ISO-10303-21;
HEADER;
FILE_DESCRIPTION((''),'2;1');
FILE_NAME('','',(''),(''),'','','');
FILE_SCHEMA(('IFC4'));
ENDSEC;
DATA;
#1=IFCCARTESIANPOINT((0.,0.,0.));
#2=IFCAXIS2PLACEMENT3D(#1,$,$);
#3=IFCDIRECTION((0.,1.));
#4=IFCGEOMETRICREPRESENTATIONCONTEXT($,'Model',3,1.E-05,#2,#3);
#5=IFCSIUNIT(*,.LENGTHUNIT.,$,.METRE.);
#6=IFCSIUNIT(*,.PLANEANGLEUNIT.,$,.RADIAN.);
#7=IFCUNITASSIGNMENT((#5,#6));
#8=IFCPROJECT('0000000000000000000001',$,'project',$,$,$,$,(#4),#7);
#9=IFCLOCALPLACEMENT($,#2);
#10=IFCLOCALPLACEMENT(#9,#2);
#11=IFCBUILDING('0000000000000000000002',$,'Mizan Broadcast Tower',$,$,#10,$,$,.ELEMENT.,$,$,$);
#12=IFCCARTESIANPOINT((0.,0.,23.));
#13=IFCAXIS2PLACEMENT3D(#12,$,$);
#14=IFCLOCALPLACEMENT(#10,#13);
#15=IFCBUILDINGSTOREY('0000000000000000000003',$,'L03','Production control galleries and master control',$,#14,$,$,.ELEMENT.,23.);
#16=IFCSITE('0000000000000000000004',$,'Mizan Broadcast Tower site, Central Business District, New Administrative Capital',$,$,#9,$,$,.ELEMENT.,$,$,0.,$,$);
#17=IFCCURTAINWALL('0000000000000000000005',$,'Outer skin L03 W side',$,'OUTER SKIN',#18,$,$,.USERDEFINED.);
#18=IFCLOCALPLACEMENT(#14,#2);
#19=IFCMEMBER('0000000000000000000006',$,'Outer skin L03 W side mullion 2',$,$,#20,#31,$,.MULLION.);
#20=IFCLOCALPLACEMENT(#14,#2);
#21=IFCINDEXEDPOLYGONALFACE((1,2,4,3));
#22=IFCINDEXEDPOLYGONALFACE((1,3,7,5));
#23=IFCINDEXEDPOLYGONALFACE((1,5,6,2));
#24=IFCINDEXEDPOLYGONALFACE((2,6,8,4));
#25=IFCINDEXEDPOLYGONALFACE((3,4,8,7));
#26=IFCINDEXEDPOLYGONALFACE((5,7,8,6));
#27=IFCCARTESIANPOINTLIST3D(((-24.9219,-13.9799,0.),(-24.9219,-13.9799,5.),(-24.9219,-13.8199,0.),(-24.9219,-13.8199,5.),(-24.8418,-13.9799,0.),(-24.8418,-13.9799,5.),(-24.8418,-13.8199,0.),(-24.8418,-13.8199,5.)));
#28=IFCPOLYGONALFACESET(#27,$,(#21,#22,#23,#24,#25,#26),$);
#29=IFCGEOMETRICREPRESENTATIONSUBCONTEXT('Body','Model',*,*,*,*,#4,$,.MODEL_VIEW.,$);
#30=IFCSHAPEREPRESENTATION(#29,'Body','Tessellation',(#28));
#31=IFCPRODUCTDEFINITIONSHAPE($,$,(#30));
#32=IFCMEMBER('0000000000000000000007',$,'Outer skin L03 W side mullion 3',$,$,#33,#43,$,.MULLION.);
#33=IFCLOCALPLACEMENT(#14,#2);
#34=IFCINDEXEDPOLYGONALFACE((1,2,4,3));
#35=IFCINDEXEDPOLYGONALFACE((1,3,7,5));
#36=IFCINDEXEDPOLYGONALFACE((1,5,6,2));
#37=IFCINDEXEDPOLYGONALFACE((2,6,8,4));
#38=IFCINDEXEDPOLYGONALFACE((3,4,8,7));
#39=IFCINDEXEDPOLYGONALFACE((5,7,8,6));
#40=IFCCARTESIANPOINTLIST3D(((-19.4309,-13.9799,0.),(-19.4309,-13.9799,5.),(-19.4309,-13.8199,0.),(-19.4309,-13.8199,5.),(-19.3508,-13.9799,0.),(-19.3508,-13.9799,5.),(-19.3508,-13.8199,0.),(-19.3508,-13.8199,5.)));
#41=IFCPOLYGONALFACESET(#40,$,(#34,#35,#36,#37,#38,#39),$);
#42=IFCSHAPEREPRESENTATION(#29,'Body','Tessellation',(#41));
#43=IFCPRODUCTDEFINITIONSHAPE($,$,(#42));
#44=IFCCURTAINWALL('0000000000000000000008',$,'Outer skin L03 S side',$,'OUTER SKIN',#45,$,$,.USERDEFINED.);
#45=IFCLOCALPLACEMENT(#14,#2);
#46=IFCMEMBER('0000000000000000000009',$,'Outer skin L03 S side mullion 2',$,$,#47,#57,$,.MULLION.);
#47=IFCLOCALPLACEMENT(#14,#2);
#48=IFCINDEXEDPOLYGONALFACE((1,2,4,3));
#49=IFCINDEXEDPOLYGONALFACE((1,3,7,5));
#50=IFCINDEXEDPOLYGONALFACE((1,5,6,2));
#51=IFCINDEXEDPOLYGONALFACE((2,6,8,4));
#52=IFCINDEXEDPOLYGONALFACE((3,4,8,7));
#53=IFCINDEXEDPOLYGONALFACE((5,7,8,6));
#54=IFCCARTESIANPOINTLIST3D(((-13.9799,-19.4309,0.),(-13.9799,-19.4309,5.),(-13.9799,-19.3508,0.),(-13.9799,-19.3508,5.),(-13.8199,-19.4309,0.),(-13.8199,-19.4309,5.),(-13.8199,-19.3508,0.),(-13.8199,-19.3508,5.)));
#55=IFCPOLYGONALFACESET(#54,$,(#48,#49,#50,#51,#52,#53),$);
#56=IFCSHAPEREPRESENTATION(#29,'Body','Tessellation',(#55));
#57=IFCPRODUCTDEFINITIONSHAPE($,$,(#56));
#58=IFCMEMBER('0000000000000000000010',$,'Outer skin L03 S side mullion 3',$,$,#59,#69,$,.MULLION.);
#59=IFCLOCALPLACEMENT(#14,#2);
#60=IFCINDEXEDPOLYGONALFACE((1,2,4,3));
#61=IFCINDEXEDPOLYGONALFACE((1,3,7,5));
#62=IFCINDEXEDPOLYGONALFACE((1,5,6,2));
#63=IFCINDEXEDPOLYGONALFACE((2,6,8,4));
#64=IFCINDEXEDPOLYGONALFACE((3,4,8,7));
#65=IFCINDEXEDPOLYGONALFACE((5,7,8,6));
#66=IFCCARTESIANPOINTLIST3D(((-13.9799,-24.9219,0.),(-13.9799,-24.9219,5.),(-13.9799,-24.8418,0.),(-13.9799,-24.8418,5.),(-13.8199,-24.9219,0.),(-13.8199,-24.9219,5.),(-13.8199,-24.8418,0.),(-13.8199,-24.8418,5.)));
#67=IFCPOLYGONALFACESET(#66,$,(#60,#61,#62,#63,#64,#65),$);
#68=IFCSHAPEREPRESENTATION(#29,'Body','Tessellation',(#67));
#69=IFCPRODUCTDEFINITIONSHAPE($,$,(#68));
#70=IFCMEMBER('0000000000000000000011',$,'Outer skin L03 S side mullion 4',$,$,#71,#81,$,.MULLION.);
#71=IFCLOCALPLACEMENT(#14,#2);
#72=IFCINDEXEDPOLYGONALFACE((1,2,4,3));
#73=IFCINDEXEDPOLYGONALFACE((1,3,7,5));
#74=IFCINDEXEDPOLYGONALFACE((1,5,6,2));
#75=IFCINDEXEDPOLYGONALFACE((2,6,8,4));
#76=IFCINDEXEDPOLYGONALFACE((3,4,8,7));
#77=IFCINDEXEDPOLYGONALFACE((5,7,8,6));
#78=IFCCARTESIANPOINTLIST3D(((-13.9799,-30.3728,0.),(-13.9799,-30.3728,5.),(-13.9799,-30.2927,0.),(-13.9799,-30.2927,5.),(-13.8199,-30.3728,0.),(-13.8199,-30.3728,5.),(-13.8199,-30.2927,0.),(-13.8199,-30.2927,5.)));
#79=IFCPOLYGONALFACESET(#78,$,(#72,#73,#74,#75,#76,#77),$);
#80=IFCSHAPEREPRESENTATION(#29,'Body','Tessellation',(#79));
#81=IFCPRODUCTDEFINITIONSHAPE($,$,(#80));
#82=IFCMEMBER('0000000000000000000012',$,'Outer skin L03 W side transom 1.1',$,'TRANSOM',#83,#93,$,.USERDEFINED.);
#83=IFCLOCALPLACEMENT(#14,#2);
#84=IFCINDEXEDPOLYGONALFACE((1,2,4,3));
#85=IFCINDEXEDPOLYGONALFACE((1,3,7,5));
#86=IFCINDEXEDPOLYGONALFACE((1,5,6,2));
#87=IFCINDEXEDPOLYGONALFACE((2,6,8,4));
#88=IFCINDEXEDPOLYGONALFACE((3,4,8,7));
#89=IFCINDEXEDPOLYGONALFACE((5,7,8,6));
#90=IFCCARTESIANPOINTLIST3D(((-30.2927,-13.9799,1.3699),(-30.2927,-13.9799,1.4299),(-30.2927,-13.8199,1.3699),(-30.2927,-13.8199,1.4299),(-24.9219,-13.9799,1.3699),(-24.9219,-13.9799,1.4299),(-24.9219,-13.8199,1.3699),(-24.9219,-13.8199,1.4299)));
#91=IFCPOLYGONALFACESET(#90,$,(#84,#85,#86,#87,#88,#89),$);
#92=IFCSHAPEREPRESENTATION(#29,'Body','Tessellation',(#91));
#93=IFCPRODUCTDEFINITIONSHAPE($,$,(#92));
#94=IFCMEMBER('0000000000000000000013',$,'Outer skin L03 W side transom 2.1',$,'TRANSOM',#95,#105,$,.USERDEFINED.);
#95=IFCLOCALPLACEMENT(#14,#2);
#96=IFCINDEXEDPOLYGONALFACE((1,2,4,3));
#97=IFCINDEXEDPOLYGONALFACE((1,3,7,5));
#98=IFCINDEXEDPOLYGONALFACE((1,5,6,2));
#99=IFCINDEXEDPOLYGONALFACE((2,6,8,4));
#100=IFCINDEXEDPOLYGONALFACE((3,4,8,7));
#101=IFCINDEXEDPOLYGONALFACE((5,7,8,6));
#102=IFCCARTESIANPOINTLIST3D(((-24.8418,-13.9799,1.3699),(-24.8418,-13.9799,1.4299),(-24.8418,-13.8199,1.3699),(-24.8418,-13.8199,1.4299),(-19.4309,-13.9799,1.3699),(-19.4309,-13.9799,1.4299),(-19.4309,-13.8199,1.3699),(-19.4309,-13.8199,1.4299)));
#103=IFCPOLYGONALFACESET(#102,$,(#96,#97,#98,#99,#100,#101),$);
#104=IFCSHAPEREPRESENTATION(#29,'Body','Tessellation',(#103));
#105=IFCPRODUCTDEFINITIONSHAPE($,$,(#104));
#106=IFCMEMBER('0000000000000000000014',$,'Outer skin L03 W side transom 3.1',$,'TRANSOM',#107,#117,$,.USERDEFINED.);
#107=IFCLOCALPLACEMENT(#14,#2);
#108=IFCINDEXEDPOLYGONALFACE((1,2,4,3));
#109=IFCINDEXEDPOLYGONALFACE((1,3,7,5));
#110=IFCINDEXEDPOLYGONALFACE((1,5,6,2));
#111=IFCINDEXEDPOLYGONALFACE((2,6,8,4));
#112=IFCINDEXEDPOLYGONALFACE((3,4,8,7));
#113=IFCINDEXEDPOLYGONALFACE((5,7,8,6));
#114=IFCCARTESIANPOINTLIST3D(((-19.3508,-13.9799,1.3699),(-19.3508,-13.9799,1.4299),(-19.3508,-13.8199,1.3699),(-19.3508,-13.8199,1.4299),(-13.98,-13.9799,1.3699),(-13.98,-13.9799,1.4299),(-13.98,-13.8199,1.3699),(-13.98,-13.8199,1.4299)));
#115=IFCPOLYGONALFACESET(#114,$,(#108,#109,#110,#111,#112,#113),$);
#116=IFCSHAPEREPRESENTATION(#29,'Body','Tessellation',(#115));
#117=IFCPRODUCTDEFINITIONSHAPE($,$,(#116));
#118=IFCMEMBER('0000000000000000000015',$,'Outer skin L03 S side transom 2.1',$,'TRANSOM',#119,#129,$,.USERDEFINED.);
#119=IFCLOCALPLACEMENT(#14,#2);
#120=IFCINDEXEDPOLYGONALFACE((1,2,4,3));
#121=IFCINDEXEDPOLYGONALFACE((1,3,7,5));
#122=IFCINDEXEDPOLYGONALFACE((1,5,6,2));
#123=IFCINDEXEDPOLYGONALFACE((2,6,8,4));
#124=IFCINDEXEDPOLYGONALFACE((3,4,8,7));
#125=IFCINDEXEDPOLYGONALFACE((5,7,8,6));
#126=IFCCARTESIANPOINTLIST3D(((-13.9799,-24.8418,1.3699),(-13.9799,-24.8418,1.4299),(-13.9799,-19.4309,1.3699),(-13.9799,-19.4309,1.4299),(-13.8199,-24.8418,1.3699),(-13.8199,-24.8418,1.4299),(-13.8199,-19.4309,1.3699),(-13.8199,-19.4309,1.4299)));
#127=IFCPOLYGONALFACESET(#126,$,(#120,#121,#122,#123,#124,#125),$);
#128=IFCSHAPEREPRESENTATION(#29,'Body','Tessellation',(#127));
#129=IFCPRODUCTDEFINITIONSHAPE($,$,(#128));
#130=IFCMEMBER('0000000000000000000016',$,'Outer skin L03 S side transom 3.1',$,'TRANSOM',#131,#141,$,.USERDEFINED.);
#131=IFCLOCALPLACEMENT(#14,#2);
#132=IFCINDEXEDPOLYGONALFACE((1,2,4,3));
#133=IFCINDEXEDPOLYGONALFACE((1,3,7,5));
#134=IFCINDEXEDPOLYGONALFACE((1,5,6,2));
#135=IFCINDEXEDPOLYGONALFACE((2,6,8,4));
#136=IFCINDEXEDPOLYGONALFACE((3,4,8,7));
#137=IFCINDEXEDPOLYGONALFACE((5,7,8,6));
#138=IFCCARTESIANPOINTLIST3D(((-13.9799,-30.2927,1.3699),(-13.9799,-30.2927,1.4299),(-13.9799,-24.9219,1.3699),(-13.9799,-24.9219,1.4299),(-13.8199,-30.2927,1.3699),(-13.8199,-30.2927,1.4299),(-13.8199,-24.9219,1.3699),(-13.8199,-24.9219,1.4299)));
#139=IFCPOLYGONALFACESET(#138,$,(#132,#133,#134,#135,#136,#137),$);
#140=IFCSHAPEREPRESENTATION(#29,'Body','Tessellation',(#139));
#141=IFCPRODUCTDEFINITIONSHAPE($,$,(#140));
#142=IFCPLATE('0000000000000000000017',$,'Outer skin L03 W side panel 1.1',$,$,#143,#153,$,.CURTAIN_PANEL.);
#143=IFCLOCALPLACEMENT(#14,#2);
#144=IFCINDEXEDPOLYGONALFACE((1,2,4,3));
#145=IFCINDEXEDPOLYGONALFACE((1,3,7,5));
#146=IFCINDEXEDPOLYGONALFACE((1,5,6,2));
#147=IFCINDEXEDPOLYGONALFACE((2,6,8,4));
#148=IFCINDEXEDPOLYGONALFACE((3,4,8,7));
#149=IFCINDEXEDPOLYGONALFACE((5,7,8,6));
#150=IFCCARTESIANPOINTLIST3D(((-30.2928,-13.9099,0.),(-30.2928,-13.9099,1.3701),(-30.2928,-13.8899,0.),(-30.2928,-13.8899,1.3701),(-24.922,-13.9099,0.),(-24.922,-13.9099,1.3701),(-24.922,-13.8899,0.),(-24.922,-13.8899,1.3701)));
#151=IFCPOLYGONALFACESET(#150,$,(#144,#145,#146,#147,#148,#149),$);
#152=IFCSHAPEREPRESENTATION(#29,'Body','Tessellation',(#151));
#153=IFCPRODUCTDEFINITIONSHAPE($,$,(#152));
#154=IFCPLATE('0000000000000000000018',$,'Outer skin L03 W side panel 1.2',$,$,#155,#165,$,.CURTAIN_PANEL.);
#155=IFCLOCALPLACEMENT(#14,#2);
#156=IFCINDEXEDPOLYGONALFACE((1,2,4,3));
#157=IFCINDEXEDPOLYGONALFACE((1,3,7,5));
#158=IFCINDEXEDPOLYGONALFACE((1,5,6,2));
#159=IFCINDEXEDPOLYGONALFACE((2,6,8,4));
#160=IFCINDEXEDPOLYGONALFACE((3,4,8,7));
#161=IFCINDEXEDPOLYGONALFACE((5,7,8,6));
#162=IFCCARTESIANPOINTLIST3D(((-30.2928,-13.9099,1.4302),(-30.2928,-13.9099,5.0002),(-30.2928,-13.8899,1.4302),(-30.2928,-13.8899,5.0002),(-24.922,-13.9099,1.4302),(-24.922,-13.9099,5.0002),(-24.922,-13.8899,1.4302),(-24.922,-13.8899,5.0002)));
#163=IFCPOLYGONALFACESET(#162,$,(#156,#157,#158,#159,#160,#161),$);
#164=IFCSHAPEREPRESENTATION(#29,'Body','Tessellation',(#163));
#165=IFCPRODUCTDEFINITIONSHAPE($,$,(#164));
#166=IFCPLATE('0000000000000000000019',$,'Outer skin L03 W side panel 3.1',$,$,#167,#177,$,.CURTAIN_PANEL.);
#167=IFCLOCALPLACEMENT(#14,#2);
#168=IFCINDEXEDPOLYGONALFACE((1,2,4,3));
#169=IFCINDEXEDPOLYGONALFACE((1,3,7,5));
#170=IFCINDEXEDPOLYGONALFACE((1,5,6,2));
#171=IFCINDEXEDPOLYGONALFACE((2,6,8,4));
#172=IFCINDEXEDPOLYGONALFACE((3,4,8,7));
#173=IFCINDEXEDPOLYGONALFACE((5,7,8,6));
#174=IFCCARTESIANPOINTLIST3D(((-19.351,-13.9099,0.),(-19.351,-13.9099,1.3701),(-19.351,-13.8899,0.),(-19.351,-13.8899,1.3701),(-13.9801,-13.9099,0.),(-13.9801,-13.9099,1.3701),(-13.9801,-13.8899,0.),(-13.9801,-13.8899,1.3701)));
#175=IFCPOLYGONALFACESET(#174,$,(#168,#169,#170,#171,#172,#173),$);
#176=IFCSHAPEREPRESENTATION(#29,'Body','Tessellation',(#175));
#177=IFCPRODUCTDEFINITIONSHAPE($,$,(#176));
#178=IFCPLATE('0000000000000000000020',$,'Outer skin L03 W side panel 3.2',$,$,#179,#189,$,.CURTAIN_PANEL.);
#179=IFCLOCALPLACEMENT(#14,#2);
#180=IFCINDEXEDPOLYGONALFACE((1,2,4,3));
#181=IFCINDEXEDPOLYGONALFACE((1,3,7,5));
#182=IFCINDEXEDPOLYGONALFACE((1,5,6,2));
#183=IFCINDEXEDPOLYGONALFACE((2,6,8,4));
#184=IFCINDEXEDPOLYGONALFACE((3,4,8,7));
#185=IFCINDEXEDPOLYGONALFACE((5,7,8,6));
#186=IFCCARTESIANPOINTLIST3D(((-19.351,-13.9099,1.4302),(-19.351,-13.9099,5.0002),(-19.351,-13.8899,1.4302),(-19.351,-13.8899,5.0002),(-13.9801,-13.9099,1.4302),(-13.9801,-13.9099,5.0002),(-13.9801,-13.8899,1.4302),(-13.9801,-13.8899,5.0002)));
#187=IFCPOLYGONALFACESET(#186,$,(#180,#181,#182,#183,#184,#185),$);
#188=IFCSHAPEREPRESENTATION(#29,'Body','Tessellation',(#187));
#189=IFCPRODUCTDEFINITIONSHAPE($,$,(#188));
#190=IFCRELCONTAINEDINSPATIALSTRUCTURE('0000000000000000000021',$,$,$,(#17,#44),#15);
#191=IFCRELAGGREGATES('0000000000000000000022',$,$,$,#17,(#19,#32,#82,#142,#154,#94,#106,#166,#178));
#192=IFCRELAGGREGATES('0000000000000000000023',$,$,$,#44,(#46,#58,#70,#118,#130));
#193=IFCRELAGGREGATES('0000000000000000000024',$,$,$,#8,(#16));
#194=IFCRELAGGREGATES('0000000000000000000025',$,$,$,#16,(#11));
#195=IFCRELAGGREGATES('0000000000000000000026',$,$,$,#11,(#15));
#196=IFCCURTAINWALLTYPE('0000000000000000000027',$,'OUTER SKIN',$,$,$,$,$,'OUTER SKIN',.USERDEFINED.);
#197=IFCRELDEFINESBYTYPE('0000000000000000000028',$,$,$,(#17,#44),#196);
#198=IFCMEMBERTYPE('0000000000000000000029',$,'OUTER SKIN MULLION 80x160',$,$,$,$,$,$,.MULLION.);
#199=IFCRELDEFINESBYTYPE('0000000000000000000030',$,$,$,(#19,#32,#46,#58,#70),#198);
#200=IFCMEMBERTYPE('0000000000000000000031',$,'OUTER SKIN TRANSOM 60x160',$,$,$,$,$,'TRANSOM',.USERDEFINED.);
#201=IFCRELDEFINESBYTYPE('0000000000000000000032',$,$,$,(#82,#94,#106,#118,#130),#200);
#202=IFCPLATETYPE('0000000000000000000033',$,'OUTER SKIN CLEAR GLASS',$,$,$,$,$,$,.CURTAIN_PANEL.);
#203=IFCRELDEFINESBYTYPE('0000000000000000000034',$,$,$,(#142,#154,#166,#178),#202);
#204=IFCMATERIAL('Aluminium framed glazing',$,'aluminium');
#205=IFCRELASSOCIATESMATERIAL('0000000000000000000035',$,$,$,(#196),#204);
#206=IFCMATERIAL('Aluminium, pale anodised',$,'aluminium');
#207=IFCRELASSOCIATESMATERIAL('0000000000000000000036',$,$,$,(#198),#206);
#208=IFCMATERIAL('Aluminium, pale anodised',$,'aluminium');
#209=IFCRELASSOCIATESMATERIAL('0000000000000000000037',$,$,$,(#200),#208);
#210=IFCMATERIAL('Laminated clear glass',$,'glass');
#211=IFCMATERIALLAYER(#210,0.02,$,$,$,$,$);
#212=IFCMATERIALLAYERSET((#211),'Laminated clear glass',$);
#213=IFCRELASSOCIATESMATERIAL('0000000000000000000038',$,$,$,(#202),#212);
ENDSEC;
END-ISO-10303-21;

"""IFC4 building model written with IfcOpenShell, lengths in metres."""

from ifc_helpers import new_model, si_unit, direction, frame, origin, origin_2d, place, context, subcontext, project, spatial, rectangle, extrude, material, layer, layer_set, material_profile, profile_set, type_object, element, aggregate, save


model = new_model("IFC4")

# Units and contexts
model_context = context("Model", 3, precision=1e-05, world=origin(), true_north=direction((0.0, 1.0)))
body_context = subcontext(model_context, "Body", "Model", "MODEL_VIEW")
ifc_project = project(units=[si_unit("LENGTHUNIT", "METRE"), si_unit("PLANEANGLEUNIT", "RADIAN")], contexts=[model_context])

# Site, building, storey
site_placement = place(None, origin())
site = spatial("IfcSite", under=ifc_project, at=site_placement, Name="Mizan Broadcast Tower site, Central Business District, New Administrative Capital", CompositionType="ELEMENT", RefElevation=0.0)
building_placement = place(site_placement, origin())
building = spatial("IfcBuilding", under=site, at=building_placement, Name="Mizan Broadcast Tower", CompositionType="ELEMENT")
storey_placement = place(building_placement, frame((0.0, 0.0, 23.0)))
storey = spatial("IfcBuildingStorey", under=building, at=storey_placement, Name="L03", Description="Production control galleries and master control", CompositionType="ELEMENT", Elevation=23.0)

# Curtain walls, members
ifc_material_1 = material(Name="Aluminium framed glazing", Category="aluminium")
curtain_wall_type = type_object("IfcCurtainWallType", Name="OUTER SKIN", ElementType="OUTER SKIN", PredefinedType="USERDEFINED", material=ifc_material_1)
curtain_wall_1_placement = place(storey_placement, origin())
curtain_wall_1 = element("IfcCurtainWall", 1, at=curtain_wall_1_placement, inside=storey, type_object=curtain_wall_type, Name="Outer skin L03 W side", ObjectType="OUTER SKIN", PredefinedType="USERDEFINED")
ifc_material_2 = material(Name="Aluminium, pale anodised", Category="aluminium")
ifc_material_profile_1 = material_profile(ifc_material_2, rectangle(XDim=0.1599, YDim=0.0801, at=origin_2d()), Name="MULLION 160x80")
ifc_profile_set_1 = profile_set([ifc_material_profile_1], Name="Aluminium, pale anodised")
member_type_1 = type_object("IfcMemberType", Name="OUTER SKIN MULLION 80x160", PredefinedType="MULLION", material=ifc_profile_set_1)
member_1_placement = place(storey_placement, frame((-24.8818, -13.8999, 0.0), z_axis=(0.0, 0.0, 1.0), x_axis=(0.0, 1.0, 0.0)))
member_1 = element("IfcMember", 2, at=member_1_placement, type_object=member_type_1, Name="Outer skin L03 W side mullion 2", PredefinedType="MULLION", context=body_context, shape_type="SweptSolid", body=[
    extrude(rectangle(XDim=0.1599, YDim=0.0801, at=origin_2d()), origin(), (0.0, 0.0, 1.0), 5.0),
])
member_2_placement = place(storey_placement, frame((-19.3909, -13.8999, 0.0), z_axis=(0.0, 0.0, 1.0), x_axis=(0.0, 1.0, 0.0)))
member_2 = element("IfcMember", 3, at=member_2_placement, type_object=member_type_1, Name="Outer skin L03 W side mullion 3", PredefinedType="MULLION", context=body_context, shape_type="SweptSolid", body=[
    extrude(rectangle(XDim=0.1599, YDim=0.0801, at=origin_2d()), origin(), (0.0, 0.0, 1.0), 5.0),
])
curtain_wall_2_placement = place(storey_placement, origin())
curtain_wall_2 = element("IfcCurtainWall", 4, at=curtain_wall_2_placement, inside=storey, type_object=curtain_wall_type, Name="Outer skin L03 S side", ObjectType="OUTER SKIN", PredefinedType="USERDEFINED")
member_3_placement = place(storey_placement, frame((-13.8999, -19.3909, 0.0), z_axis=(0.0, 0.0, 1.0), x_axis=(1.0, 0.0, 0.0)))
member_3 = element("IfcMember", 5, at=member_3_placement, type_object=member_type_1, Name="Outer skin L03 S side mullion 2", PredefinedType="MULLION", context=body_context, shape_type="SweptSolid", body=[
    extrude(rectangle(XDim=0.1599, YDim=0.0801, at=origin_2d()), origin(), (0.0, 0.0, 1.0), 5.0),
])
member_4_placement = place(storey_placement, frame((-13.8999, -24.8818, 0.0), z_axis=(0.0, 0.0, 1.0), x_axis=(1.0, 0.0, 0.0)))
member_4 = element("IfcMember", 6, at=member_4_placement, type_object=member_type_1, Name="Outer skin L03 S side mullion 3", PredefinedType="MULLION", context=body_context, shape_type="SweptSolid", body=[
    extrude(rectangle(XDim=0.1599, YDim=0.0801, at=origin_2d()), origin(), (0.0, 0.0, 1.0), 5.0),
])
member_5_placement = place(storey_placement, frame((-13.8999, -30.3328, 0.0), z_axis=(0.0, 0.0, 1.0), x_axis=(1.0, 0.0, 0.0)))
member_5 = element("IfcMember", 7, at=member_5_placement, type_object=member_type_1, Name="Outer skin L03 S side mullion 4", PredefinedType="MULLION", context=body_context, shape_type="SweptSolid", body=[
    extrude(rectangle(XDim=0.1599, YDim=0.0801, at=origin_2d()), origin(), (0.0, 0.0, 1.0), 5.0),
])

# Members
ifc_material_3 = material(Name="Aluminium, pale anodised", Category="aluminium")
ifc_material_profile_2 = material_profile(ifc_material_3, rectangle(XDim=0.1599, YDim=0.0601, at=origin_2d()), Name="TRANSOM 160x60")
ifc_profile_set_2 = profile_set([ifc_material_profile_2], Name="Aluminium, pale anodised")
member_type_2 = type_object("IfcMemberType", Name="OUTER SKIN TRANSOM 60x160", ElementType="TRANSOM", PredefinedType="USERDEFINED", material=ifc_profile_set_2)
member_6_placement = place(storey_placement, frame((-30.2927, -13.8999, 1.3999), z_axis=(1.0, 0.0, 0.0), x_axis=(0.0, 1.0, 0.0)))
member_6 = element("IfcMember", 8, at=member_6_placement, type_object=member_type_2, Name="Outer skin L03 W side transom 1.1", ObjectType="TRANSOM", PredefinedType="USERDEFINED", context=body_context, shape_type="SweptSolid", body=[
    extrude(rectangle(XDim=0.1599, YDim=0.0601, at=origin_2d()), origin(), (0.0, 0.0, 1.0), 5.3708),
])
member_7_placement = place(storey_placement, frame((-24.8418, -13.8999, 1.3999), z_axis=(1.0, 0.0, 0.0), x_axis=(0.0, 1.0, 0.0)))
member_7 = element("IfcMember", 9, at=member_7_placement, type_object=member_type_2, Name="Outer skin L03 W side transom 2.1", ObjectType="TRANSOM", PredefinedType="USERDEFINED", context=body_context, shape_type="SweptSolid", body=[
    extrude(rectangle(XDim=0.1599, YDim=0.0601, at=origin_2d()), origin(), (0.0, 0.0, 1.0), 5.4109),
])
member_8_placement = place(storey_placement, frame((-19.3508, -13.8999, 1.3999), z_axis=(1.0, 0.0, 0.0), x_axis=(0.0, 1.0, 0.0)))
member_8 = element("IfcMember", 10, at=member_8_placement, type_object=member_type_2, Name="Outer skin L03 W side transom 3.1", ObjectType="TRANSOM", PredefinedType="USERDEFINED", context=body_context, shape_type="SweptSolid", body=[
    extrude(rectangle(XDim=0.1599, YDim=0.0601, at=origin_2d()), origin(), (0.0, 0.0, 1.0), 5.3708),
])
member_9_placement = place(storey_placement, frame((-13.8999, -19.4309, 1.3999), z_axis=(0.0, -1.0, 0.0), x_axis=(1.0, 0.0, 0.0)))
member_9 = element("IfcMember", 11, at=member_9_placement, type_object=member_type_2, Name="Outer skin L03 S side transom 2.1", ObjectType="TRANSOM", PredefinedType="USERDEFINED", context=body_context, shape_type="SweptSolid", body=[
    extrude(rectangle(XDim=0.1599, YDim=0.0601, at=origin_2d()), origin(), (0.0, 0.0, 1.0), 5.4109),
])
member_10_placement = place(storey_placement, frame((-13.8999, -24.9219, 1.3999), z_axis=(0.0, -1.0, 0.0), x_axis=(1.0, 0.0, 0.0)))
member_10 = element("IfcMember", 12, at=member_10_placement, type_object=member_type_2, Name="Outer skin L03 S side transom 3.1", ObjectType="TRANSOM", PredefinedType="USERDEFINED", context=body_context, shape_type="SweptSolid", body=[
    extrude(rectangle(XDim=0.1599, YDim=0.0601, at=origin_2d()), origin(), (0.0, 0.0, 1.0), 5.3708),
])

# Plates
ifc_material_4 = material(Name="Laminated clear glass", Category="glass")
ifc_layer_1 = layer(ifc_material_4, 0.02)
ifc_layer_set_1 = layer_set([ifc_layer_1], Name="Laminated clear glass")
plate_type_1 = type_object("IfcPlateType", Name="OUTER SKIN CLEAR GLASS", PredefinedType="CURTAIN_PANEL", material=ifc_layer_set_1)
plate_1_placement = place(storey_placement, frame((-27.6074, -13.8999, 0.0), z_axis=(0.0, 0.0, 1.0), x_axis=(1.0, 0.0, 0.0)))
plate_1 = element("IfcPlate", 13, at=plate_1_placement, type_object=plate_type_1, Name="Outer skin L03 W side panel 1.1", PredefinedType="CURTAIN_PANEL", context=body_context, shape_type="SweptSolid", body=[
    extrude(rectangle(XDim=5.3708, YDim=0.02, at=origin_2d()), origin(), (0.0, 0.0, 1.0), 1.3701),
])
plate_2_placement = place(storey_placement, frame((-27.6074, -13.8999, 1.4302), z_axis=(0.0, 0.0, 1.0), x_axis=(1.0, 0.0, 0.0)))
plate_2 = element("IfcPlate", 14, at=plate_2_placement, type_object=plate_type_1, Name="Outer skin L03 W side panel 1.2", PredefinedType="CURTAIN_PANEL", context=body_context, shape_type="SweptSolid", body=[
    extrude(rectangle(XDim=5.3708, YDim=0.02, at=origin_2d()), origin(), (0.0, 0.0, 1.0), 3.5701),
])
plate_3_placement = place(storey_placement, frame((-16.6655, -13.8999, 0.0), z_axis=(0.0, 0.0, 1.0), x_axis=(1.0, 0.0, 0.0)))
plate_3 = element("IfcPlate", 15, at=plate_3_placement, type_object=plate_type_1, Name="Outer skin L03 W side panel 3.1", PredefinedType="CURTAIN_PANEL", context=body_context, shape_type="SweptSolid", body=[
    extrude(rectangle(XDim=5.3708, YDim=0.02, at=origin_2d()), origin(), (0.0, 0.0, 1.0), 1.3701),
])
plate_4_placement = place(storey_placement, frame((-16.6655, -13.8999, 1.4302), z_axis=(0.0, 0.0, 1.0), x_axis=(1.0, 0.0, 0.0)))
plate_4 = element("IfcPlate", 16, at=plate_4_placement, type_object=plate_type_1, Name="Outer skin L03 W side panel 3.2", PredefinedType="CURTAIN_PANEL", context=body_context, shape_type="SweptSolid", body=[
    extrude(rectangle(XDim=5.3708, YDim=0.02, at=origin_2d()), origin(), (0.0, 0.0, 1.0), 3.5701),
])
aggregate(curtain_wall_1, [member_1, member_2, member_6, plate_1, plate_2, member_7, member_8, plate_3, plate_4])
aggregate(curtain_wall_2, [member_3, member_4, member_5, member_9, member_10])

save(model, "model.ifc")
